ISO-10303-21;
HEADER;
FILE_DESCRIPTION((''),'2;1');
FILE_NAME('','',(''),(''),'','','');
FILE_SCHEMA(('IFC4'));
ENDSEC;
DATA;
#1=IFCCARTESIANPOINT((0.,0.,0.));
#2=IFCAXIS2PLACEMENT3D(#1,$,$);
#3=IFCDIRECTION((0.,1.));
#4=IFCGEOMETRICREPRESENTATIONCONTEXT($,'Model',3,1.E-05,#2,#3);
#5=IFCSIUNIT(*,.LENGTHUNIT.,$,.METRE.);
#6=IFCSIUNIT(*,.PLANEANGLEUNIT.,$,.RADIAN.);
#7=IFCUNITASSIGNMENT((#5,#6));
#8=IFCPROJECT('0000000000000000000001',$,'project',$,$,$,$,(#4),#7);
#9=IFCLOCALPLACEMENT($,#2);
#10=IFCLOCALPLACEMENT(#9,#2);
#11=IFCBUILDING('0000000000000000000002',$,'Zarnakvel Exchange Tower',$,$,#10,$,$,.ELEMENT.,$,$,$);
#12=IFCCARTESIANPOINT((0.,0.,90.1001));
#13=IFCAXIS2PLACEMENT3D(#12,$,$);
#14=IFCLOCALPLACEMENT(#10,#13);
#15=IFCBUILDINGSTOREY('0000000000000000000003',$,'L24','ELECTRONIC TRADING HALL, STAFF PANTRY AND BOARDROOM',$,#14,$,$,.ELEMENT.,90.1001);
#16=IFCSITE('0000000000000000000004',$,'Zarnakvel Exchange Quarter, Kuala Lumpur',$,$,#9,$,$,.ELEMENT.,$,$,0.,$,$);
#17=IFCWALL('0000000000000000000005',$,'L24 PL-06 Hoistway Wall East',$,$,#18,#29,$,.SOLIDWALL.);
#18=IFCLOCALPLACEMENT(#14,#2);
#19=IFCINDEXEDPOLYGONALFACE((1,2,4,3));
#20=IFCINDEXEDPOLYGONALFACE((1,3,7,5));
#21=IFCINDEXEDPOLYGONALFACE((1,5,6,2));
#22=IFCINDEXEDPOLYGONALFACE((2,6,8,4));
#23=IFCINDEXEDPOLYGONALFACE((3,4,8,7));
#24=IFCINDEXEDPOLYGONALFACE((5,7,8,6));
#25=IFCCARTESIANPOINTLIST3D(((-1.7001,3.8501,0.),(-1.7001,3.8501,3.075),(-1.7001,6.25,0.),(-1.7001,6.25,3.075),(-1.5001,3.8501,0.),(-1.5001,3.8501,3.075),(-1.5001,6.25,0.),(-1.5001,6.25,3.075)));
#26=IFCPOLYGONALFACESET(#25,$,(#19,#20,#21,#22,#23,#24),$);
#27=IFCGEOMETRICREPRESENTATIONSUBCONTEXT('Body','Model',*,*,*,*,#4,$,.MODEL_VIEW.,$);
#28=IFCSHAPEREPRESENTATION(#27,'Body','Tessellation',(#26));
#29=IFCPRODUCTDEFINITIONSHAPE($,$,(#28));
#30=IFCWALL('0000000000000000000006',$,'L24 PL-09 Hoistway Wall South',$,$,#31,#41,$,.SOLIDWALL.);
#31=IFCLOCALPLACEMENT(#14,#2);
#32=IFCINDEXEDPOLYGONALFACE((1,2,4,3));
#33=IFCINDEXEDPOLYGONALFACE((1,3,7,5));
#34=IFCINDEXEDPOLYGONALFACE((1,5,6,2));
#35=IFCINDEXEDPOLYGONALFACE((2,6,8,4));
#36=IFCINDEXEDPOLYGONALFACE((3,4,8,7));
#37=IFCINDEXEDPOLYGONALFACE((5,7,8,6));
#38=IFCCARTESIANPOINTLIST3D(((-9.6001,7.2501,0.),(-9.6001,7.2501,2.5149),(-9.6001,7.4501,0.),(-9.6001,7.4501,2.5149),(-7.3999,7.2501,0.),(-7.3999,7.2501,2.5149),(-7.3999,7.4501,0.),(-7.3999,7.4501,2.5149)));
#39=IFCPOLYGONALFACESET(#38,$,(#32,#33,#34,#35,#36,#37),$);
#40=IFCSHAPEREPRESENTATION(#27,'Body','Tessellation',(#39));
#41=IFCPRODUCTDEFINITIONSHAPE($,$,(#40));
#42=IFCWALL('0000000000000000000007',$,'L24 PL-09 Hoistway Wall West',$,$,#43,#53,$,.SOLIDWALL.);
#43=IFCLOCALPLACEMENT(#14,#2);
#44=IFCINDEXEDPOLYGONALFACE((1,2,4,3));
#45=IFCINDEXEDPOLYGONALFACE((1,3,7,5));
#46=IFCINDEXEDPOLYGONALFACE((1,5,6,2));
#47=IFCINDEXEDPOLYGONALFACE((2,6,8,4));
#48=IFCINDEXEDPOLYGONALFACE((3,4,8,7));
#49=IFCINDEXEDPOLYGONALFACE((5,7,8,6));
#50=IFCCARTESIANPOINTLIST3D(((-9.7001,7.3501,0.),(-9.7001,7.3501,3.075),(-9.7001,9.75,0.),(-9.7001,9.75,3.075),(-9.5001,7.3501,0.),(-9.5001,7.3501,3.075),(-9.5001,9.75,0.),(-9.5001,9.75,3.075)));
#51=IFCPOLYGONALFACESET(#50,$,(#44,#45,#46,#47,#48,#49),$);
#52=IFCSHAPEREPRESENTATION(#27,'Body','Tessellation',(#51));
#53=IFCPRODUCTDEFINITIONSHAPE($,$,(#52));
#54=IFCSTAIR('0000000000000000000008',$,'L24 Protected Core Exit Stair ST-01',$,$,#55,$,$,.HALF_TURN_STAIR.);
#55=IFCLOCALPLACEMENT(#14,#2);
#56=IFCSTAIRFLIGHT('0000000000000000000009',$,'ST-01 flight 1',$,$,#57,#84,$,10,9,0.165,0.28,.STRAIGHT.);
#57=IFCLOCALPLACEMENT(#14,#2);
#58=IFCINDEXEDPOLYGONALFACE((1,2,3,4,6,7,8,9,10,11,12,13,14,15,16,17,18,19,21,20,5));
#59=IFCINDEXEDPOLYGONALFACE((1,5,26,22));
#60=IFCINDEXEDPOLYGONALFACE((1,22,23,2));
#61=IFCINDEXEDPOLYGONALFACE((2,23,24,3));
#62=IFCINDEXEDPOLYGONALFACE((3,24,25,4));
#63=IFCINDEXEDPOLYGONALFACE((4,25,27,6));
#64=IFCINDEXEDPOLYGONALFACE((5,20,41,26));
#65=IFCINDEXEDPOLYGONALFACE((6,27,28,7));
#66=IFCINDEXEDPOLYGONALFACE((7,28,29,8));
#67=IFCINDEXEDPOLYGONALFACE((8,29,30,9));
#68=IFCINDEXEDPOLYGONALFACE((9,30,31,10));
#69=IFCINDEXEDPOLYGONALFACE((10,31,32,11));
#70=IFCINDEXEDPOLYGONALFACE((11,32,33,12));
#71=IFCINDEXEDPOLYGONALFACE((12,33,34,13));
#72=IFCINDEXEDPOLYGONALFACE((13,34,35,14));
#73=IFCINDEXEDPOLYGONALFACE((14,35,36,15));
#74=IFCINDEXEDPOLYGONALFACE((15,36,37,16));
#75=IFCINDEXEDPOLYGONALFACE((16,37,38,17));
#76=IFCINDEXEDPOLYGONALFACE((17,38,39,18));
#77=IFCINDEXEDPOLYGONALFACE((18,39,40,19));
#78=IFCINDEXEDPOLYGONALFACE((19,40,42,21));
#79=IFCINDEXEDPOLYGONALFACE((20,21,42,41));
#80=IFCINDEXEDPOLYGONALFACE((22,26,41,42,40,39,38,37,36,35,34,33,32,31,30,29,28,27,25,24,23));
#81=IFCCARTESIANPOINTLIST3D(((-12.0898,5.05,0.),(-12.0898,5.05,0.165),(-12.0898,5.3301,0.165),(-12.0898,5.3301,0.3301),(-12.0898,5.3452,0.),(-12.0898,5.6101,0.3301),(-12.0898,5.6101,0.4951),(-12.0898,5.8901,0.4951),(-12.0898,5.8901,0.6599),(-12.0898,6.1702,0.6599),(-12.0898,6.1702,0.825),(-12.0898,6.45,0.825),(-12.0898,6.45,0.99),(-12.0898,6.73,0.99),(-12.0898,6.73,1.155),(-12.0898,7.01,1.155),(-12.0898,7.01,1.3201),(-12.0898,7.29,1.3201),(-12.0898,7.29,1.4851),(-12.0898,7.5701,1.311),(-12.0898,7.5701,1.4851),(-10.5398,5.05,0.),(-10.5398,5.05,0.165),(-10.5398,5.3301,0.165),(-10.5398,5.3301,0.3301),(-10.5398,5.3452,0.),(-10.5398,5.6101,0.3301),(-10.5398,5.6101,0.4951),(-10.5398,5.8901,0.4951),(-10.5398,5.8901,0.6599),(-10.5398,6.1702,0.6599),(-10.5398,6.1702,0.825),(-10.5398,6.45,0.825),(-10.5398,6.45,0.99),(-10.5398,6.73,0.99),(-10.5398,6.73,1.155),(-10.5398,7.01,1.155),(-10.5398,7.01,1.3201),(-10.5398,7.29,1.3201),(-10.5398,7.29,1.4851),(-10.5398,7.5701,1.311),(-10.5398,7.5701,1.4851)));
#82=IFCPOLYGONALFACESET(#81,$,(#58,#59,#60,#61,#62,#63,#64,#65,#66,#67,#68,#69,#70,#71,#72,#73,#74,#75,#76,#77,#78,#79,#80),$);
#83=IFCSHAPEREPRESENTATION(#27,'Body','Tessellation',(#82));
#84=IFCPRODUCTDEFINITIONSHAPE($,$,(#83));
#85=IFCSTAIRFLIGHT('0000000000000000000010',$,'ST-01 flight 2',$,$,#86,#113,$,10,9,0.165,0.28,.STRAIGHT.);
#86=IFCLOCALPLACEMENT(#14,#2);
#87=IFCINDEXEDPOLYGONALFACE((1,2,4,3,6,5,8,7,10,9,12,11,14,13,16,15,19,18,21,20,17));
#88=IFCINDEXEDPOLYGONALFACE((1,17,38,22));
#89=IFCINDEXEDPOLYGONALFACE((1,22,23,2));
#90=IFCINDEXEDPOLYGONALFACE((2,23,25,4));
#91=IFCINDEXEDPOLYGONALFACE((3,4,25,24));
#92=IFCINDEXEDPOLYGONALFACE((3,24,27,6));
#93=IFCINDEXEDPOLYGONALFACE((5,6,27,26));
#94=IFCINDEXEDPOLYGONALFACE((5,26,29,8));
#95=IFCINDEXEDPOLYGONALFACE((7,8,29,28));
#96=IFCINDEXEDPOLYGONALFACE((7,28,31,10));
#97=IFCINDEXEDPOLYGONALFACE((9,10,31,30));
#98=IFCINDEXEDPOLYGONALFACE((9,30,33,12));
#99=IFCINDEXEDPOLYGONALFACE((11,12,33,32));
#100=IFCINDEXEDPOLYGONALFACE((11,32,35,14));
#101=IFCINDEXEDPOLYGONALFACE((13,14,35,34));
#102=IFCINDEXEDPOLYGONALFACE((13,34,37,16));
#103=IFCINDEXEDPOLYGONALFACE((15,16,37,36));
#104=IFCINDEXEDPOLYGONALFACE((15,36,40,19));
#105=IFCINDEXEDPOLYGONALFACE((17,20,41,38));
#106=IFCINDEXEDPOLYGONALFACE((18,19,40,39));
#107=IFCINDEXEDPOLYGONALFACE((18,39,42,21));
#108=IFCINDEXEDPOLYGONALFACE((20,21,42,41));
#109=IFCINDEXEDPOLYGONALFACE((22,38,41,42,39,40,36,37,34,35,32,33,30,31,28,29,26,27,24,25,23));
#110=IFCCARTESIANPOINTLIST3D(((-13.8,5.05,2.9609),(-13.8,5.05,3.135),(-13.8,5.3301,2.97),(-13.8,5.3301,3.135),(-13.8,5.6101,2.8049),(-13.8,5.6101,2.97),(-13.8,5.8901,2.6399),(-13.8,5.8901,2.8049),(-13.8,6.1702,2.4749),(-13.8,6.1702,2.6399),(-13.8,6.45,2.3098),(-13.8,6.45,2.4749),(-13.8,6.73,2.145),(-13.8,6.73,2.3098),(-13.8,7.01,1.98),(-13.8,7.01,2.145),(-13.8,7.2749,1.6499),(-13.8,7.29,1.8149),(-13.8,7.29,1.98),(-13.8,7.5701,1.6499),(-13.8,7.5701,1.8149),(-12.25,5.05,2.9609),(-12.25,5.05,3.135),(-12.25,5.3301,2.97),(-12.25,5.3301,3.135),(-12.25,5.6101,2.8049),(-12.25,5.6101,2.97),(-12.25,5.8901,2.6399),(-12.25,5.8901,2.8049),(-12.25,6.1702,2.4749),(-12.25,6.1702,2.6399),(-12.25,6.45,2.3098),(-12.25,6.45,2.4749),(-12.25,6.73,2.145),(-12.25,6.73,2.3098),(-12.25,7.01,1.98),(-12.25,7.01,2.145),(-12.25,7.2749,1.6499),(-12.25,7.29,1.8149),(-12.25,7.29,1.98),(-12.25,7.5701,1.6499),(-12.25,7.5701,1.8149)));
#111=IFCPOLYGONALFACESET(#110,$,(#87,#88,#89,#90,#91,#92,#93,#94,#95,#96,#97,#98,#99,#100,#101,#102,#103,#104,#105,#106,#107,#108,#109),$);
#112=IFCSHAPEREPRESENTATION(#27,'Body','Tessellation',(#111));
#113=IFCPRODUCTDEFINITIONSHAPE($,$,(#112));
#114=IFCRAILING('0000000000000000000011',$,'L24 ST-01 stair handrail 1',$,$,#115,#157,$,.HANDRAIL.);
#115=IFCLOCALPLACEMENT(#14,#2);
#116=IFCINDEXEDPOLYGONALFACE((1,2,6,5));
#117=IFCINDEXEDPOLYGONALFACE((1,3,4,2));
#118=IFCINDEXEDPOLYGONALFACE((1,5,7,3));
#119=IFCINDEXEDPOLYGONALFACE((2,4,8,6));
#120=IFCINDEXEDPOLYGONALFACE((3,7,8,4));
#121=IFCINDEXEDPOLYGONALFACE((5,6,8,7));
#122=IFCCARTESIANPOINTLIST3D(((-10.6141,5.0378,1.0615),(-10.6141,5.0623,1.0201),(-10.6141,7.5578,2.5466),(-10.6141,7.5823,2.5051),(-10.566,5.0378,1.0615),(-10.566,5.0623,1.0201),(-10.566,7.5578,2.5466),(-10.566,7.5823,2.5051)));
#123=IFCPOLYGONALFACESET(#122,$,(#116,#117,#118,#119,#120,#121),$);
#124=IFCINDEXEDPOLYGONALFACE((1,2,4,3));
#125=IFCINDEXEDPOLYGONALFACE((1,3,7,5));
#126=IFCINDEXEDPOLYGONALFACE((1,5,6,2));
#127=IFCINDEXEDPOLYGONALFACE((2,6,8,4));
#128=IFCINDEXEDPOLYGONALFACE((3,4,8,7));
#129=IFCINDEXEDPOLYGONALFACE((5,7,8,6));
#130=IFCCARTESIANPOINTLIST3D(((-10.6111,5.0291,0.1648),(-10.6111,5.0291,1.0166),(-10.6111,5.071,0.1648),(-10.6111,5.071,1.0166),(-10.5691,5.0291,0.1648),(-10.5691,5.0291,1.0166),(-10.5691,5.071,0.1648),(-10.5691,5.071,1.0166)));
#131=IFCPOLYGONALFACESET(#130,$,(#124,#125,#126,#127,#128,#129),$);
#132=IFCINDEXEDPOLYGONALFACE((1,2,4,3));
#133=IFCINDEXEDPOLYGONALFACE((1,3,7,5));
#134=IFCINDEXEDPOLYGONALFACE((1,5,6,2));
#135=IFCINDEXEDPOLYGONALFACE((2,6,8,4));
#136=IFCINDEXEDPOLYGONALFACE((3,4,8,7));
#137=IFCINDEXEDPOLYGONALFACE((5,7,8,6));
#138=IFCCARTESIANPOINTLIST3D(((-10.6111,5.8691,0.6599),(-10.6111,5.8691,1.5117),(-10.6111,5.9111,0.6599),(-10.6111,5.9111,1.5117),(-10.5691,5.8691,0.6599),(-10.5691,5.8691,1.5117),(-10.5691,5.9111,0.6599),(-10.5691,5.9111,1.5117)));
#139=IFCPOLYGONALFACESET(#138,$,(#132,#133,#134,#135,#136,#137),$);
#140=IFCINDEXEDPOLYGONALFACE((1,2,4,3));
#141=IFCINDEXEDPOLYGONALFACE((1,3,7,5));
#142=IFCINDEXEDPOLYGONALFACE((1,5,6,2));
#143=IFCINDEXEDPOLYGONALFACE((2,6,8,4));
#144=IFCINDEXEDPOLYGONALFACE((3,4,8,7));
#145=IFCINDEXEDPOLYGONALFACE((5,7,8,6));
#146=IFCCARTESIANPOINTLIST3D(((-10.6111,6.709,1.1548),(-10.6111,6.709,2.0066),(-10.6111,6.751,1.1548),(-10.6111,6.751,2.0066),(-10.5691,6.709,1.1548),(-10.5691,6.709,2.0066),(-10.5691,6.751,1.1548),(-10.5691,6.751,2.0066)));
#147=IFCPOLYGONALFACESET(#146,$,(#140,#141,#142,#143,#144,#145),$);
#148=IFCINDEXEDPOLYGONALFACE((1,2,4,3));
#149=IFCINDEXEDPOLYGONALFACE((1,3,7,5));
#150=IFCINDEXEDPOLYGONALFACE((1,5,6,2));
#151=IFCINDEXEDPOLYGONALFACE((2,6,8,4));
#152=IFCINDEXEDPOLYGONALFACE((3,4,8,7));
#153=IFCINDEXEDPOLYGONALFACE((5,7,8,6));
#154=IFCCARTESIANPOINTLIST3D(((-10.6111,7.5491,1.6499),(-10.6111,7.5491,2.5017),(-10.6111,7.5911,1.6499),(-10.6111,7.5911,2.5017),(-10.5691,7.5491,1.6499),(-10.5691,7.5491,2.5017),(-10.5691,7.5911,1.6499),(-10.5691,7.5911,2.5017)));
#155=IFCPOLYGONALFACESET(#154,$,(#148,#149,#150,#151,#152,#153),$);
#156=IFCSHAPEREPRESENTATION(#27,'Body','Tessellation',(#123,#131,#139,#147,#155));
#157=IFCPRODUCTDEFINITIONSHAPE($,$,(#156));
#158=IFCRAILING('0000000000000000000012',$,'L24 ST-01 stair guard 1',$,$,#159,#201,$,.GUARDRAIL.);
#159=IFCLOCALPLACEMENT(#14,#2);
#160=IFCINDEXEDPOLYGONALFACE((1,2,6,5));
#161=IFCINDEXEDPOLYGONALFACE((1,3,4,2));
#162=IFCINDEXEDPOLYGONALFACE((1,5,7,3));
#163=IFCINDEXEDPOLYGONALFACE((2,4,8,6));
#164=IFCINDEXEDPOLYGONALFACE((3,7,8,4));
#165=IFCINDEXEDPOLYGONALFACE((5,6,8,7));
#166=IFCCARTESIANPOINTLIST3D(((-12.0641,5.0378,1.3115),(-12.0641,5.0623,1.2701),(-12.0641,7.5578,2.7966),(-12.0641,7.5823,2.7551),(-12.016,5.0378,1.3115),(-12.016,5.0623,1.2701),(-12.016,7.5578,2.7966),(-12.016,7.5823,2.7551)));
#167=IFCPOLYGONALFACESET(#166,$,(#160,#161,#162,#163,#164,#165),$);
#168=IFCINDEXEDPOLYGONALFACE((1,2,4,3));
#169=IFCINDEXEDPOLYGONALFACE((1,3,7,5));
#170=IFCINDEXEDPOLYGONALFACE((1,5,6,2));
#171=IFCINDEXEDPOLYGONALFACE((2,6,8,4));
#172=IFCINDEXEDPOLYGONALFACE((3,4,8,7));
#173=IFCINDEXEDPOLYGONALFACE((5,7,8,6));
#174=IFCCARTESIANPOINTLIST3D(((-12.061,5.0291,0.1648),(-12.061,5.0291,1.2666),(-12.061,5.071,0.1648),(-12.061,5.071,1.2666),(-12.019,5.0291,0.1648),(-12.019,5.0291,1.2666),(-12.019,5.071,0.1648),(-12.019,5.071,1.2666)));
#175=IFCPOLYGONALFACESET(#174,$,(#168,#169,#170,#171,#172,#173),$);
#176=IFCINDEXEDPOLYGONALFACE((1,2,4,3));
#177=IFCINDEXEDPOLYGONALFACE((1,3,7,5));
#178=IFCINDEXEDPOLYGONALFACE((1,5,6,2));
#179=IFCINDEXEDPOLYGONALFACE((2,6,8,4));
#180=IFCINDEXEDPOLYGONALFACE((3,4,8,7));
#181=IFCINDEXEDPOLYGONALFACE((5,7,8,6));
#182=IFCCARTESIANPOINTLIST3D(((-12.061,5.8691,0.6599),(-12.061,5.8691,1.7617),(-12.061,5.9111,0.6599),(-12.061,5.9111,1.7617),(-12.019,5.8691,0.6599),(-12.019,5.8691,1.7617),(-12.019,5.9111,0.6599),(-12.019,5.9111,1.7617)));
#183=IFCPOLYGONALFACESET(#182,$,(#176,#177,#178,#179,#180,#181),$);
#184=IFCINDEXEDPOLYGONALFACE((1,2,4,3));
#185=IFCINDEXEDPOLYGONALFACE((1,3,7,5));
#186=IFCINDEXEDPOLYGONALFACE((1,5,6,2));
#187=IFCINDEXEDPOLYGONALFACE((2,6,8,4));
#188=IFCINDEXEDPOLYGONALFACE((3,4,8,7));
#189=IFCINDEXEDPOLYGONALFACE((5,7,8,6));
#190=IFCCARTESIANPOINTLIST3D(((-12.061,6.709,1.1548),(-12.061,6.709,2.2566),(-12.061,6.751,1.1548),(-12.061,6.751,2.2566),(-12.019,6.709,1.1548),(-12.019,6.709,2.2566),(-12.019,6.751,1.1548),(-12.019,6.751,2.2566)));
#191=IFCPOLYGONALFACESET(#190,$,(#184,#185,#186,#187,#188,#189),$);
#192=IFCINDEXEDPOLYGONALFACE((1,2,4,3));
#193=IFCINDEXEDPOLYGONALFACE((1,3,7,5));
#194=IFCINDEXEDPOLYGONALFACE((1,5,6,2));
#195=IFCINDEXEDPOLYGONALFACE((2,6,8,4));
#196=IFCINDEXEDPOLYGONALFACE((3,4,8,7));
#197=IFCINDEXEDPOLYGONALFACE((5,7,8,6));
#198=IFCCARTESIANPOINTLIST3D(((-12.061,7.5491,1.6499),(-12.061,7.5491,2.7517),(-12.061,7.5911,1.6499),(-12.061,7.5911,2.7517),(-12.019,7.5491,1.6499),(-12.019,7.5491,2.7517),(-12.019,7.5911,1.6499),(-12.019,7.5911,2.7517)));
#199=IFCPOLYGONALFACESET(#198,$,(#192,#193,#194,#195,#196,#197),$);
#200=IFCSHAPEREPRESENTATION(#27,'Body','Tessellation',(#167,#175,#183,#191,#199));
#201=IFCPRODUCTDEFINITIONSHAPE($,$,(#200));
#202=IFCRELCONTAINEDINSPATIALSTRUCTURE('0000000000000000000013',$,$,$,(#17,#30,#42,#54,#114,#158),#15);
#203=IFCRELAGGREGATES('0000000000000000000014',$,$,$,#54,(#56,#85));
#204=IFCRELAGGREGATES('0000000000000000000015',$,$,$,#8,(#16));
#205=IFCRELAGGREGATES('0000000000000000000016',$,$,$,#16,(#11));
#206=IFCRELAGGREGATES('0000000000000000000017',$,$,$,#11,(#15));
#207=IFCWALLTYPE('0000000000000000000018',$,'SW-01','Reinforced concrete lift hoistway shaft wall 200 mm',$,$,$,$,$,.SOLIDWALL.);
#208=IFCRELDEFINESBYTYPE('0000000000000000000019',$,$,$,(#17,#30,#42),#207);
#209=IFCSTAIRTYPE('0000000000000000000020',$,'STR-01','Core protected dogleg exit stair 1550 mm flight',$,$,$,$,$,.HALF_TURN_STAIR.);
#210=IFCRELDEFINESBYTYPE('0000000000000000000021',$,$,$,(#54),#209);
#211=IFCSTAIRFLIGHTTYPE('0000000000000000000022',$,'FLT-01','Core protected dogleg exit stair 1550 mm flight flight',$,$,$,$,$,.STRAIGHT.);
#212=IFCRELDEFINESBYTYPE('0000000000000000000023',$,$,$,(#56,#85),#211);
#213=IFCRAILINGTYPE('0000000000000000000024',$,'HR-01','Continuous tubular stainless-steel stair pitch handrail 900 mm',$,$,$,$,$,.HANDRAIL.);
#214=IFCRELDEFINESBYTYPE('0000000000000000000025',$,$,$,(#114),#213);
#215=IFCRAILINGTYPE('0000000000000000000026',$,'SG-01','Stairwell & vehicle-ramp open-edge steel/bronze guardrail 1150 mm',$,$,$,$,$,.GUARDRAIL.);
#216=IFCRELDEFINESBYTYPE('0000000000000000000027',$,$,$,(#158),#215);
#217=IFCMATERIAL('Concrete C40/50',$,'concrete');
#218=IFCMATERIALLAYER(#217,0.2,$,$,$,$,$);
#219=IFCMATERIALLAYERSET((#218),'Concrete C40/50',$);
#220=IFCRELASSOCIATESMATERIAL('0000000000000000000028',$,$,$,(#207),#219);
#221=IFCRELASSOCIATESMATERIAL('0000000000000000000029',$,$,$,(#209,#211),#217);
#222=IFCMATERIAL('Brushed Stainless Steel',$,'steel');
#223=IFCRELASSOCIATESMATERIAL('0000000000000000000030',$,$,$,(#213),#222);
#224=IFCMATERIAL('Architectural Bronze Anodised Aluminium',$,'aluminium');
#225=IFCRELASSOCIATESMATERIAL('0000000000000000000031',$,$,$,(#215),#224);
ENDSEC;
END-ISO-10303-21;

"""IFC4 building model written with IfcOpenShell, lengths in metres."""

from ifc_helpers import new_model, si_unit, direction, frame, frame_2d, origin, origin_2d, place, context, subcontext, project, spatial, polyline, rectangle, outline, extrude, material, layer, layer_set, type_object, element, aggregate, save


model = new_model("IFC4")

# Units and contexts
model_context = context("Model", 3, precision=1e-05, world=origin(), true_north=direction((0.0, 1.0)))
body_context = subcontext(model_context, "Body", "Model", "MODEL_VIEW")
ifc_project = project(units=[si_unit("LENGTHUNIT", "METRE"), si_unit("PLANEANGLEUNIT", "RADIAN")], contexts=[model_context])

# Site, building, storey
site_placement = place(None, origin())
site = spatial("IfcSite", under=ifc_project, at=site_placement, Name="Zarnakvel Exchange Quarter, Kuala Lumpur", CompositionType="ELEMENT", RefElevation=0.0)
building_placement = place(site_placement, origin())
building = spatial("IfcBuilding", under=site, at=building_placement, Name="Zarnakvel Exchange Tower", CompositionType="ELEMENT")
storey_placement = place(building_placement, frame((0.0, 0.0, 90.1001)))
storey = spatial("IfcBuildingStorey", under=building, at=storey_placement, Name="L24", Description="ELECTRONIC TRADING HALL, STAFF PANTRY AND BOARDROOM", CompositionType="ELEMENT", Elevation=90.1001)

# Shared definitions
ifc_material_1 = material(Name="Concrete C40/50", Category="concrete")
ifc_layer_1 = layer(ifc_material_1, 0.2)
ifc_layer_set_1 = layer_set([ifc_layer_1], Name="Concrete C40/50")
wall_type_1 = type_object("IfcWallType", Name="SW-01", Description="Reinforced concrete lift hoistway shaft wall 200 mm", PredefinedType="SOLIDWALL", material=ifc_layer_set_1)
ifc_material_2 = material(Name="Brushed Stainless Steel", Category="steel")

# Shared definitions
ifc_material_3 = material(Name="Architectural Bronze Anodised Aluminium", Category="aluminium")

# Walls
wall_1_placement = place(storey_placement, frame((-1.6001, 6.25, 0.0), z_axis=(0.0, 0.0, 1.0), x_axis=(0.0, -1.0, 0.0)))
element("IfcWall", 1, at=wall_1_placement, inside=storey, type_object=wall_type_1, Name="L24 PL-06 Hoistway Wall East", PredefinedType="SOLIDWALL", context=body_context, shape_type="SweptSolid", body=[
    extrude(rectangle(XDim=2.3999, YDim=0.2, at=frame_2d((1.2, 0.0))), origin(), (0.0, 0.0, 1.0), 3.075),
])
wall_2_placement = place(storey_placement, frame((-7.3999, 7.3501, 0.0), z_axis=(0.0, 0.0, 1.0), x_axis=(-1.0, 0.0, 0.0)))
element("IfcWall", 2, at=wall_2_placement, inside=storey, type_object=wall_type_1, Name="L24 PL-09 Hoistway Wall South", PredefinedType="SOLIDWALL", context=body_context, shape_type="SweptSolid", body=[
    extrude(rectangle(XDim=2.2002, YDim=0.2, at=frame_2d((1.1001, 0.0))), origin(), (0.0, 0.0, 1.0), 2.5149),
])
wall_3_placement = place(storey_placement, frame((-9.6001, 7.3501, 0.0), z_axis=(0.0, 0.0, 1.0), x_axis=(0.0, 1.0, 0.0)))
element("IfcWall", 3, at=wall_3_placement, inside=storey, type_object=wall_type_1, Name="L24 PL-09 Hoistway Wall West", PredefinedType="SOLIDWALL", context=body_context, shape_type="SweptSolid", body=[
    extrude(rectangle(XDim=2.3999, YDim=0.2, at=frame_2d((1.2, 0.0))), origin(), (0.0, 0.0, 1.0), 3.075),
])

# Stair, stair flights
stair_type = type_object("IfcStairType", Name="STR-01", Description="Core protected dogleg exit stair 1550 mm flight", PredefinedType="HALF_TURN_STAIR", material=ifc_material_1)
stair_placement = place(storey_placement, origin())
stair = element("IfcStair", 4, at=stair_placement, inside=storey, type_object=stair_type, Name="L24 Protected Core Exit Stair ST-01", PredefinedType="HALF_TURN_STAIR")
stair_flight_type = type_object("IfcStairFlightType", Name="FLT-01", Description="Core protected dogleg exit stair 1550 mm flight flight", PredefinedType="STRAIGHT", material=ifc_material_1)
stair_flight_1_placement = place(storey_placement, frame((-11.3149, 5.05, 0.0), z_axis=(0.0, 0.0, 1.0), x_axis=(0.0, 1.0, 0.0)))
stair_flight_1 = element("IfcStairFlight", 5, at=stair_flight_1_placement, type_object=stair_flight_type, Name="ST-01 flight 1", NumberOfRisers=10, NumberOfTreads=9, PredefinedType="STRAIGHT", RiserHeight=0.165, TreadLength=0.28, context=body_context, shape_type="SweptSolid", body=[
    extrude(outline(polyline([(0.0, 0.0), (0.0, 0.165), (0.28, 0.165), (0.28, 0.3301), (0.5601, 0.3301), (0.5601, 0.4951), (0.8401, 0.4951), (0.8401, 0.6599), (1.1201, 0.6599), (1.1201, 0.825), (1.3999, 0.825), (1.3999, 0.99), (1.6799, 0.99), (1.6799, 1.155), (1.96, 1.155), (1.96, 1.3201), (2.24, 1.3201), (2.24, 1.4851), (2.52, 1.4851), (2.52, 1.6499), (2.52, 1.311), (0.2952, 0.0), (0.0, 0.0)])), frame((0.0, 0.7749, 0.0), z_axis=(0.0, -1.0, 0.0), x_axis=(1.0, 0.0, 0.0)), (0.0, 0.0, 1.0), 1.55),
])
stair_flight_2_placement = place(storey_placement, frame((-13.0249, 7.5701, 1.6499), z_axis=(0.0, 0.0, 1.0), x_axis=(0.0, -1.0, 0.0)))
stair_flight_2 = element("IfcStairFlight", 6, at=stair_flight_2_placement, type_object=stair_flight_type, Name="ST-01 flight 2", NumberOfRisers=10, NumberOfTreads=9, PredefinedType="STRAIGHT", RiserHeight=0.165, TreadLength=0.28, context=body_context, shape_type="SweptSolid", body=[
    extrude(outline(polyline([(0.0, 0.0), (0.0, 0.165), (0.28, 0.165), (0.28, 0.3301), (0.5601, 0.3301), (0.5601, 0.4951), (0.8401, 0.4951), (0.8401, 0.6599), (1.1201, 0.6599), (1.1201, 0.825), (1.3999, 0.825), (1.3999, 0.99), (1.6799, 0.99), (1.6799, 1.155), (1.96, 1.155), (1.96, 1.3201), (2.24, 1.3201), (2.24, 1.4851), (2.52, 1.4851), (2.52, 1.6499), (2.52, 1.311), (0.2952, 0.0), (0.0, 0.0)])), frame((0.0, 0.7749, 0.0), z_axis=(0.0, -1.0, 0.0), x_axis=(1.0, 0.0, 0.0)), (0.0, 0.0, 1.0), 1.55),
])
aggregate(stair, [stair_flight_1, stair_flight_2])

# Railings
railing_type_1 = type_object("IfcRailingType", Name="HR-01", Description="Continuous tubular stainless-steel stair pitch handrail 900 mm", PredefinedType="HANDRAIL", material=ifc_material_2)
railing_1_placement = place(storey_placement, frame((-10.5901, 5.05, 0.1648)))
element("IfcRailing", 7, at=railing_1_placement, inside=storey, type_object=railing_type_1, Name="L24 ST-01 stair handrail 1", PredefinedType="HANDRAIL", context=body_context, shape_type="SweptSolid", body=[
    extrude(rectangle(XDim=0.0481, YDim=0.0481, at=origin_2d()), frame((0.0, 0.0, 0.876), z_axis=(0.0, 0.861524, 0.507717), x_axis=(-1.0, 0.0, 0.0)), (0.0, 0.0, 1.0), 2.925),
    extrude(rectangle(XDim=0.042, YDim=0.042, at=origin_2d()), origin(), (0.0, 0.0, 1.0), 0.8518),
    extrude(rectangle(XDim=0.042, YDim=0.042, at=origin_2d()), frame((0.0, 0.8401, 0.4951)), (0.0, 0.0, 1.0), 0.8518),
    extrude(rectangle(XDim=0.042, YDim=0.042, at=origin_2d()), frame((0.0, 1.6799, 0.99)), (0.0, 0.0, 1.0), 0.8518),
    extrude(rectangle(XDim=0.042, YDim=0.042, at=origin_2d()), frame((0.0, 2.52, 1.4851)), (0.0, 0.0, 1.0), 0.8518),
])
railing_type_2 = type_object("IfcRailingType", Name="SG-01", Description="Stairwell & vehicle-ramp open-edge steel/bronze guardrail 1150 mm", PredefinedType="GUARDRAIL", material=ifc_material_3)
railing_2_placement = place(storey_placement, frame((-12.04, 5.05, 0.1648)))
element("IfcRailing", 8, at=railing_2_placement, inside=storey, type_object=railing_type_2, Name="L24 ST-01 stair guard 1", PredefinedType="GUARDRAIL", context=body_context, shape_type="SweptSolid", body=[
    extrude(rectangle(XDim=0.0481, YDim=0.0481, at=origin_2d()), frame((0.0, 0.0, 1.126), z_axis=(0.0, 0.861524, 0.507717), x_axis=(-1.0, 0.0, 0.0)), (0.0, 0.0, 1.0), 2.925),
    extrude(rectangle(XDim=0.042, YDim=0.042, at=origin_2d()), origin(), (0.0, 0.0, 1.0), 1.1018),
    extrude(rectangle(XDim=0.042, YDim=0.042, at=origin_2d()), frame((0.0, 0.8401, 0.4951)), (0.0, 0.0, 1.0), 1.1018),
    extrude(rectangle(XDim=0.042, YDim=0.042, at=origin_2d()), frame((0.0, 1.6799, 0.99)), (0.0, 0.0, 1.0), 1.1018),
    extrude(rectangle(XDim=0.042, YDim=0.042, at=origin_2d()), frame((0.0, 2.52, 1.4851)), (0.0, 0.0, 1.0), 1.1018),
])

save(model, "model.ifc")
